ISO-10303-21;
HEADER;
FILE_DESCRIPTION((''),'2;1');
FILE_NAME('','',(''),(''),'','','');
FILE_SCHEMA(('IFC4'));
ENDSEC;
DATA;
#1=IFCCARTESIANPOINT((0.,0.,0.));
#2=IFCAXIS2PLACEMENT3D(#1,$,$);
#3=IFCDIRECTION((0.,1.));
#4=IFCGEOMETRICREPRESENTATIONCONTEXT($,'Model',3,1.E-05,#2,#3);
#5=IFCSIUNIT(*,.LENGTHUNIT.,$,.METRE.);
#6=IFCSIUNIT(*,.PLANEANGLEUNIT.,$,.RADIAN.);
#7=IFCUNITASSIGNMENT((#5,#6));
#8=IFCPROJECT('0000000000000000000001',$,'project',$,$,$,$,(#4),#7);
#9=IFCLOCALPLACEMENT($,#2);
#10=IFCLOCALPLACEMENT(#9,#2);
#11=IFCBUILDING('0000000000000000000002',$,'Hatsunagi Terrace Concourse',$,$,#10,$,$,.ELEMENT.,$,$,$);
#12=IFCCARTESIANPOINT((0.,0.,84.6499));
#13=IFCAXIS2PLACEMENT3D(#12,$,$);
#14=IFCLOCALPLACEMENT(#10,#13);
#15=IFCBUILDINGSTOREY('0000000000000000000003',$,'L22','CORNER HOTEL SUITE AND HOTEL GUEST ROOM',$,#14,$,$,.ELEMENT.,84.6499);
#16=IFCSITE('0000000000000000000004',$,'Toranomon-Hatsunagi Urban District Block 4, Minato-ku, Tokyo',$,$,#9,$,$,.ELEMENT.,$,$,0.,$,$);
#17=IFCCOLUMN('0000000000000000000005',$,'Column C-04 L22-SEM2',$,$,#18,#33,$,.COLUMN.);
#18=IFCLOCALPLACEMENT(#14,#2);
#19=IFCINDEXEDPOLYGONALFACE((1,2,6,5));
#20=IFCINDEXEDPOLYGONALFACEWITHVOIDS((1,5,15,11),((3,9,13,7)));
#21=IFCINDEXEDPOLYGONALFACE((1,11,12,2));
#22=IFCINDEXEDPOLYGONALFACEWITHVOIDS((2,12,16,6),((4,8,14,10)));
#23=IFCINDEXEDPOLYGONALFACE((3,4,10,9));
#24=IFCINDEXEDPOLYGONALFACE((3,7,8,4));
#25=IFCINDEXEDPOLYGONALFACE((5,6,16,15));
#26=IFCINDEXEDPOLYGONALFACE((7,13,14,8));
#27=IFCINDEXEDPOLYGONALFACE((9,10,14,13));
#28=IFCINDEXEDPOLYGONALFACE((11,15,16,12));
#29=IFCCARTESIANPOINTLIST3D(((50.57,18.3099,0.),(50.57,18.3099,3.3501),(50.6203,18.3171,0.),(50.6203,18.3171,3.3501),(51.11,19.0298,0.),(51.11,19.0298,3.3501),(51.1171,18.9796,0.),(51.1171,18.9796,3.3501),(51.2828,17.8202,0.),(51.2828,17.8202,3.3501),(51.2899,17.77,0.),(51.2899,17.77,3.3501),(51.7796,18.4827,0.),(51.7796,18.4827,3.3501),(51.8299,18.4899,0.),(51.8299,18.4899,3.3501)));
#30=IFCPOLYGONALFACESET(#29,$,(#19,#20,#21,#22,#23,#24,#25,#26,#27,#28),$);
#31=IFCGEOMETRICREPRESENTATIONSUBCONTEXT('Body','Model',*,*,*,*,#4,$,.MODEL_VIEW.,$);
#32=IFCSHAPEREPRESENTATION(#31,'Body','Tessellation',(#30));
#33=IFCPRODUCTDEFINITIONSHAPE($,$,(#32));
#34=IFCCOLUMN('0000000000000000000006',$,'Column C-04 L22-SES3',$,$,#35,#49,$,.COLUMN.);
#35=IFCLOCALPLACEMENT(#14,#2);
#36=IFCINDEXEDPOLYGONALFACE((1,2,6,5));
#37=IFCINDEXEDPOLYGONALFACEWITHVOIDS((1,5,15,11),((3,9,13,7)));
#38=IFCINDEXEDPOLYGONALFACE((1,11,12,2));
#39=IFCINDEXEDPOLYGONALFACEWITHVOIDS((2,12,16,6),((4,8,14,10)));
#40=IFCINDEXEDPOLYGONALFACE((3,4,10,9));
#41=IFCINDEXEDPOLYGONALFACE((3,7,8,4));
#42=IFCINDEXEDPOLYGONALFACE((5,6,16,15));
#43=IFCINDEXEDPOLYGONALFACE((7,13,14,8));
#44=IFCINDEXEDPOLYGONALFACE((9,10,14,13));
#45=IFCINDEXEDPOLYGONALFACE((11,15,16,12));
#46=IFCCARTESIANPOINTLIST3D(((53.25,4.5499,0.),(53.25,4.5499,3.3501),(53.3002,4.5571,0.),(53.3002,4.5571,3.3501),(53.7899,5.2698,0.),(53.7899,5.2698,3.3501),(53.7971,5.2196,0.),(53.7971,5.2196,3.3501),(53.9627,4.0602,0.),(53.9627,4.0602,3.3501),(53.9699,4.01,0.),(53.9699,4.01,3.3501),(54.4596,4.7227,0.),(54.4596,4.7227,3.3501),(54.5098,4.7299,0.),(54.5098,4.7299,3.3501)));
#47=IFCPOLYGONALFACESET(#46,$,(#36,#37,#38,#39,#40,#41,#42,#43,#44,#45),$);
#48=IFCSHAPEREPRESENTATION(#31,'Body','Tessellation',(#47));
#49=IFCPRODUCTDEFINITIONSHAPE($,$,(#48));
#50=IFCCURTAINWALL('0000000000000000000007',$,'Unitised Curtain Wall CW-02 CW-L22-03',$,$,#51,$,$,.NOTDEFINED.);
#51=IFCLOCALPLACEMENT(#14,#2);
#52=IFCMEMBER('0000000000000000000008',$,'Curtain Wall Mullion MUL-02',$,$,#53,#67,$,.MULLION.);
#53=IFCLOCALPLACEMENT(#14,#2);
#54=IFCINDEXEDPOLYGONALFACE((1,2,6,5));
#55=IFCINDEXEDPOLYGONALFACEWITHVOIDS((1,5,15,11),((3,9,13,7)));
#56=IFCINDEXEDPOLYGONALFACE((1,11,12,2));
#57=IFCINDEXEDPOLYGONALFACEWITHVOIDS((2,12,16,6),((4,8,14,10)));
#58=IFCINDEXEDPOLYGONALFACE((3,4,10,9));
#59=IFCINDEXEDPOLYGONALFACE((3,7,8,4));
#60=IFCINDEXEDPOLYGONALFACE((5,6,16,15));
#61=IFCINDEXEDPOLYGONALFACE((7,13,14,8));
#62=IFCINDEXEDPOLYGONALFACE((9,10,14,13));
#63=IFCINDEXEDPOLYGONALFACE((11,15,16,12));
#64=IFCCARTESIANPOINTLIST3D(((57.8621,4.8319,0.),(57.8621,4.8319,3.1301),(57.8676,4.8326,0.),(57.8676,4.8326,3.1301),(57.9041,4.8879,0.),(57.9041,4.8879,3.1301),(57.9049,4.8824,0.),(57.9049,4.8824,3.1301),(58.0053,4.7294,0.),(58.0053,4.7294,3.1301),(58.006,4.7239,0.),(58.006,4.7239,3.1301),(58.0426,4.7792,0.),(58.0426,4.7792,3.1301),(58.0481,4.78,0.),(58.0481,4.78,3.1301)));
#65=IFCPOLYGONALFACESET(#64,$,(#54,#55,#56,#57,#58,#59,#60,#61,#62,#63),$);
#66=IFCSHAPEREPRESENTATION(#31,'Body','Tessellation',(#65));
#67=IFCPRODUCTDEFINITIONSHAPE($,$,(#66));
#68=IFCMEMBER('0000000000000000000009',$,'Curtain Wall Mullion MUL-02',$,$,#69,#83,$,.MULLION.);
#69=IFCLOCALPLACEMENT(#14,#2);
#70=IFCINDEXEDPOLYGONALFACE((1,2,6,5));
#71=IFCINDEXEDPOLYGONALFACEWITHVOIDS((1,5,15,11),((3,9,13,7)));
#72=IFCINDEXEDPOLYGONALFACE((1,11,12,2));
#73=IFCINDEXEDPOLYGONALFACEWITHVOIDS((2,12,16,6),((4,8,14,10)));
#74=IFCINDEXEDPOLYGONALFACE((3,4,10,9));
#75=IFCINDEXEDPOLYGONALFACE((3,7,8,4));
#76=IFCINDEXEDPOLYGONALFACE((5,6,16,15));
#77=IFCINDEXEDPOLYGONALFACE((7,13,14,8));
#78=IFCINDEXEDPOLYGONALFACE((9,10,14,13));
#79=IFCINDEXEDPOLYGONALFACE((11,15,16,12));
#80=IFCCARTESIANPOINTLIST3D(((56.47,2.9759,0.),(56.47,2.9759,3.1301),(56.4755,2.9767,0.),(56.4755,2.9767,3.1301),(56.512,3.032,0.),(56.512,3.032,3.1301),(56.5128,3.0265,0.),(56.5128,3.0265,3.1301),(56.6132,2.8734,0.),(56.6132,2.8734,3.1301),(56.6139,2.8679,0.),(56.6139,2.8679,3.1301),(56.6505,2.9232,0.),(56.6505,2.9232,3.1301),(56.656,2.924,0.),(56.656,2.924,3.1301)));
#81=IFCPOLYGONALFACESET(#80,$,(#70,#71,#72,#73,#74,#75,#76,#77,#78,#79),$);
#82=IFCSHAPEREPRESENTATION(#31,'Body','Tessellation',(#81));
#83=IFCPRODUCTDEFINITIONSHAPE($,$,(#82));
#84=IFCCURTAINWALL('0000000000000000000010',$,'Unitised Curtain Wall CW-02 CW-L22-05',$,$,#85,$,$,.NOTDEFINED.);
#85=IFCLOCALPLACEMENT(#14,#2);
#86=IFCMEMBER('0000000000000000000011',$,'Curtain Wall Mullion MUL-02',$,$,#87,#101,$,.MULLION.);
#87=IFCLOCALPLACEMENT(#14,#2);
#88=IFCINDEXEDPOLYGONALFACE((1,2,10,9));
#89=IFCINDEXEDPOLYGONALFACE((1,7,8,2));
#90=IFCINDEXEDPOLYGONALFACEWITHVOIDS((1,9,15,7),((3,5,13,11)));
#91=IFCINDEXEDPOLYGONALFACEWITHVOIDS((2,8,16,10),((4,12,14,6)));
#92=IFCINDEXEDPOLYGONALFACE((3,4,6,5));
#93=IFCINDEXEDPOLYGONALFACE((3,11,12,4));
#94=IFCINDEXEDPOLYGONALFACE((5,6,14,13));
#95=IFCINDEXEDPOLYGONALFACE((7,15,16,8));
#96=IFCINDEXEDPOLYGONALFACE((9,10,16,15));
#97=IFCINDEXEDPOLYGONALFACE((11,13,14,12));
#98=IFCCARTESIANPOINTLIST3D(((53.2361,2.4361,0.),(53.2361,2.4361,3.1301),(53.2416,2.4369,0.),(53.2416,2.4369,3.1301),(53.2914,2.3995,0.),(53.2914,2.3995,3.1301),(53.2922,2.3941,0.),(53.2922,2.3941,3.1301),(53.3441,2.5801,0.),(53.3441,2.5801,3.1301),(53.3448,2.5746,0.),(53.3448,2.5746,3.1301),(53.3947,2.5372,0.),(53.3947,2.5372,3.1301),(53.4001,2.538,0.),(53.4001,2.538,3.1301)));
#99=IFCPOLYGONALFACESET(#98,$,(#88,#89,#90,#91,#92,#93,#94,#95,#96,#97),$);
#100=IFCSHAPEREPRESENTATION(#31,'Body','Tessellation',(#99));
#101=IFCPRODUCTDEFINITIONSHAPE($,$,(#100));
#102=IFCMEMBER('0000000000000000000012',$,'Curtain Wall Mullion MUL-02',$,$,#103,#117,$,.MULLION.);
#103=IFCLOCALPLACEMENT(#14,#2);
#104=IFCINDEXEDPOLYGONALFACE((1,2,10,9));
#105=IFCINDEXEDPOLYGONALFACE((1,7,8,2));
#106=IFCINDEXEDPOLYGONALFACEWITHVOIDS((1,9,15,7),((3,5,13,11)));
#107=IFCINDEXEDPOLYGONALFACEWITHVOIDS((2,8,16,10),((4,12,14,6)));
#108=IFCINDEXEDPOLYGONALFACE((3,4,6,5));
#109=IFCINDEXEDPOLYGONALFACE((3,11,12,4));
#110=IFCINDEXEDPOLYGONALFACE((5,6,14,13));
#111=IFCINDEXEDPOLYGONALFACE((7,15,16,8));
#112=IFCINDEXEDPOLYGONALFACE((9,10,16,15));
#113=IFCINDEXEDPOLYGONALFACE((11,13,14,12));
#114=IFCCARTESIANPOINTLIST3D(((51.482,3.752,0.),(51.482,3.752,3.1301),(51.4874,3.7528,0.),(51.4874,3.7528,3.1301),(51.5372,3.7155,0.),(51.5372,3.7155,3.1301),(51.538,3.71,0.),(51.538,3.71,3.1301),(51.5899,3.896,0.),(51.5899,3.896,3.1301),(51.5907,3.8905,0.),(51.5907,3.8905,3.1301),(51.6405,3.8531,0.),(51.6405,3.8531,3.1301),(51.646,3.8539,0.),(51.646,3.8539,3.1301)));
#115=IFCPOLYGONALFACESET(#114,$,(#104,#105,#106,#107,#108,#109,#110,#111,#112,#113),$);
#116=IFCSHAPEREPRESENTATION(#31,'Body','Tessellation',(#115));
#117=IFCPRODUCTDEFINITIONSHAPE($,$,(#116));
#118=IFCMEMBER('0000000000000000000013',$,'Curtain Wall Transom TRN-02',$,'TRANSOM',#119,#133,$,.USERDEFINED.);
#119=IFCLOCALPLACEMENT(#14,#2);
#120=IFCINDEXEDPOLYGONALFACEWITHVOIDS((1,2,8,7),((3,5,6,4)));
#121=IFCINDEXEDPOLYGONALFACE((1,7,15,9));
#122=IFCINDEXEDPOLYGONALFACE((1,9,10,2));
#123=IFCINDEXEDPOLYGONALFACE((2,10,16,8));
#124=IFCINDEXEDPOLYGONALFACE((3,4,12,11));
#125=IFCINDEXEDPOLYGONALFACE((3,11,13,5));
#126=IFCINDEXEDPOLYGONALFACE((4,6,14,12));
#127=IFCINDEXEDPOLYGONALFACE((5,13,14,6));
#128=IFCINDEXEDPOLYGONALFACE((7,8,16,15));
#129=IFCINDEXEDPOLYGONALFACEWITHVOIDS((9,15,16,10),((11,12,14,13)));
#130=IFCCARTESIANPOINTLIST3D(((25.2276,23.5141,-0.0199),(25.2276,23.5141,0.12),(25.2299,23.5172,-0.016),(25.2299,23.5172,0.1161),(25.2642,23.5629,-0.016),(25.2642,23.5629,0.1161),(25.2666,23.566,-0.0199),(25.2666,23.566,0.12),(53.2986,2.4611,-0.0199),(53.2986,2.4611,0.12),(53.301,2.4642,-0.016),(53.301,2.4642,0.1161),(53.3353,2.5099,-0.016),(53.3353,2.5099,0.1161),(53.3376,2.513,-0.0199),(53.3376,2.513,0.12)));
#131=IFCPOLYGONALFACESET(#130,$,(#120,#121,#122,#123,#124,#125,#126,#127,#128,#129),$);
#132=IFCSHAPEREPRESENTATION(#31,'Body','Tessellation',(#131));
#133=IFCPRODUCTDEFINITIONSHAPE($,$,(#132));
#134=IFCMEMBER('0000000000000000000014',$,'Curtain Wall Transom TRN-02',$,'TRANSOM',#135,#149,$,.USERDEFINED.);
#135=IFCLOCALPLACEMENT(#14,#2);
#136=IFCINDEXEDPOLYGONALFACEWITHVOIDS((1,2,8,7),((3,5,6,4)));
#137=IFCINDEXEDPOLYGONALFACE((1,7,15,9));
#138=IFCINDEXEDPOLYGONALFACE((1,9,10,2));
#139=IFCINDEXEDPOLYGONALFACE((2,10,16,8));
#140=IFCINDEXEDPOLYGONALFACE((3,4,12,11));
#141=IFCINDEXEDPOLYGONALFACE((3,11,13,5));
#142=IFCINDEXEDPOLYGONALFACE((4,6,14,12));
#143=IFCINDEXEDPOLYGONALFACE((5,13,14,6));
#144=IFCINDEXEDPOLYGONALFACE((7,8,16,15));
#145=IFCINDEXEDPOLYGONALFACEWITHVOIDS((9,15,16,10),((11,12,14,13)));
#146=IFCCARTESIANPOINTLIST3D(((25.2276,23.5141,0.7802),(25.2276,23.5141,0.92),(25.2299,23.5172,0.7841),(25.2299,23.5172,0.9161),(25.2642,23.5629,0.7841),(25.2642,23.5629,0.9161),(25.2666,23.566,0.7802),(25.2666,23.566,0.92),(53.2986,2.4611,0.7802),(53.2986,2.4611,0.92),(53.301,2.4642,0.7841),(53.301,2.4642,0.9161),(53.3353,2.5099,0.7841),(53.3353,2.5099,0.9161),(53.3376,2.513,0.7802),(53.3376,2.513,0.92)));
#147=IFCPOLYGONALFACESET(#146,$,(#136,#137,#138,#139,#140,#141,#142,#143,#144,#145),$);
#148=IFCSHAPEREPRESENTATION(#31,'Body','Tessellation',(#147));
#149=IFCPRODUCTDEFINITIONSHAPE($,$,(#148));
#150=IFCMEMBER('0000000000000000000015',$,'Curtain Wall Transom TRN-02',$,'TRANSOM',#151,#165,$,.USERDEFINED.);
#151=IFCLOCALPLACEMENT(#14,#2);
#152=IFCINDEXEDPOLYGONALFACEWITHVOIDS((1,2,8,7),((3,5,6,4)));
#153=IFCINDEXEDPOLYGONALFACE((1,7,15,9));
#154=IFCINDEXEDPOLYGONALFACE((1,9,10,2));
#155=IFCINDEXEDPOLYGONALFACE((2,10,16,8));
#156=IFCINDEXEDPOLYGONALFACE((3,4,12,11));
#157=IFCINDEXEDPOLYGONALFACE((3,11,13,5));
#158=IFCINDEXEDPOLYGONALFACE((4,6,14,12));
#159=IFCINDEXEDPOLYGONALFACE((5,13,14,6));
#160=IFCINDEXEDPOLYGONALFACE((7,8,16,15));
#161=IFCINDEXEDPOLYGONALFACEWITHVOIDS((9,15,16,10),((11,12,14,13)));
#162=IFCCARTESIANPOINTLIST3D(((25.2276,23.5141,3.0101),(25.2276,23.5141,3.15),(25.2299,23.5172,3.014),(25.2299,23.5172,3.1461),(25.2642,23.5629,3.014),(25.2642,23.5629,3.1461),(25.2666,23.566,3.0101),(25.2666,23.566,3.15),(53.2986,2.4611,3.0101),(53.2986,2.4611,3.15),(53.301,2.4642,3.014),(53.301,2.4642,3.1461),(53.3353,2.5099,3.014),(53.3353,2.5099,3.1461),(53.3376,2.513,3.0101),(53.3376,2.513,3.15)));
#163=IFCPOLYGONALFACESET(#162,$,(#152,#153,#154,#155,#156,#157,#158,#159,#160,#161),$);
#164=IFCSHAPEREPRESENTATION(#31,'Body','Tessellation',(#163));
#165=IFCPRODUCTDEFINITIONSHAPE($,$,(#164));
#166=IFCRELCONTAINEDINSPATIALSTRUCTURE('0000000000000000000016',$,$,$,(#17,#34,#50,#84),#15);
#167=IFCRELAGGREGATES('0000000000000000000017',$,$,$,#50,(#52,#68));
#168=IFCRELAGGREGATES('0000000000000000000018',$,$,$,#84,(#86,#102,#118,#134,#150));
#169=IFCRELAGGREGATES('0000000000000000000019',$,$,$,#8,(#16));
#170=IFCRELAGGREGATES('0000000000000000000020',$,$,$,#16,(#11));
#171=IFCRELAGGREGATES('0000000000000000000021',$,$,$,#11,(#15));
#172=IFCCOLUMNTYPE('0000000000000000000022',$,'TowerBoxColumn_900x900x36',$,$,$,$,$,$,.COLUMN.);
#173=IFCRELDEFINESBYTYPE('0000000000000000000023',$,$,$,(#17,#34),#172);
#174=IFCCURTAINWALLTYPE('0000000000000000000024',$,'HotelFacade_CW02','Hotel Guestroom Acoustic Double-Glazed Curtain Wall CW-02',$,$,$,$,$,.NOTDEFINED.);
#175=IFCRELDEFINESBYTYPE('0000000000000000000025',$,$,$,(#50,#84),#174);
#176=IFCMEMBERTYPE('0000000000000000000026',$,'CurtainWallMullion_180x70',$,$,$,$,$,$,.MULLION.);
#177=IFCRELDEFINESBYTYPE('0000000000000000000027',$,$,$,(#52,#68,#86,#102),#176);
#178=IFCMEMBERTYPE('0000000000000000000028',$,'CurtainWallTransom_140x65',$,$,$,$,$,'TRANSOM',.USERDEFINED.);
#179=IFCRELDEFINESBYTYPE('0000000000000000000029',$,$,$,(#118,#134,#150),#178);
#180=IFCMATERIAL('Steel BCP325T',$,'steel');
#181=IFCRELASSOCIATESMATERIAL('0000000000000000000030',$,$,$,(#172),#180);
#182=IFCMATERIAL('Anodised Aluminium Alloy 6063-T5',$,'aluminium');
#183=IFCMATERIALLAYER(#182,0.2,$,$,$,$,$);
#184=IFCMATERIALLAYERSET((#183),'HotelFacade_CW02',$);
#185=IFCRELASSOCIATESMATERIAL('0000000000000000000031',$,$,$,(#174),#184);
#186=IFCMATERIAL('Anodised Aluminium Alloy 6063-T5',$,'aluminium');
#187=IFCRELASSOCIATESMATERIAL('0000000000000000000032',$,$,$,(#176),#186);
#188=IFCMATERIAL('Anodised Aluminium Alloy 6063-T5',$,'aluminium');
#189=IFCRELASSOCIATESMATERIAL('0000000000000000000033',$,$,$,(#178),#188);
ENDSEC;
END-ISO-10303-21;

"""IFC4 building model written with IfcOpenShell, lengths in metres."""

from ifc_helpers import new_model, si_unit, direction, frame, origin, origin_2d, place, context, subcontext, project, spatial, hollow_rectangle, extrude, material, layer, layer_set, material_profile, profile_set, type_object, element, aggregate, save


model = new_model("IFC4")

# Units and contexts
model_context = context("Model", 3, precision=1e-05, world=origin(), true_north=direction((0.0, 1.0)))
body_context = subcontext(model_context, "Body", "Model", "MODEL_VIEW")
ifc_project = project(units=[si_unit("LENGTHUNIT", "METRE"), si_unit("PLANEANGLEUNIT", "RADIAN")], contexts=[model_context])

# Site, building, storey
site_placement = place(None, origin())
site = spatial("IfcSite", under=ifc_project, at=site_placement, Name="Toranomon-Hatsunagi Urban District Block 4, Minato-ku, Tokyo", CompositionType="ELEMENT", RefElevation=0.0)
building_placement = place(site_placement, origin())
building = spatial("IfcBuilding", under=site, at=building_placement, Name="Hatsunagi Terrace Concourse", CompositionType="ELEMENT")
storey_placement = place(building_placement, frame((0.0, 0.0, 84.6499)))
storey = spatial("IfcBuildingStorey", under=building, at=storey_placement, Name="L22", Description="CORNER HOTEL SUITE AND HOTEL GUEST ROOM", CompositionType="ELEMENT", Elevation=84.6499)

# Columns
ifc_material_1 = material(Name="Steel BCP325T", Category="steel")
ifc_material_profile_1 = material_profile(ifc_material_1, hollow_rectangle(XDim=0.8999, YDim=0.8999, WallThickness=0.0359, at=origin_2d()), Name="BCP-900x900x36")
ifc_profile_set_1 = profile_set([ifc_material_profile_1], Name="Steel BCP325T")
column_type = type_object("IfcColumnType", Name="TowerBoxColumn_900x900x36", PredefinedType="COLUMN", material=ifc_profile_set_1)
for number, where, z_axis, x_axis, name in (
    (1, (51.2, 18.3999, 0.0), (0.0, 0.0, 1.0), (0.8, -0.6, 0.0), "Column C-04 L22-SEM2"),
    (2, (53.8799, 4.6399, 0.0), (0.0, 0.0, 1.0), (0.8, -0.6, 0.0), "Column C-04 L22-SES3"),
):
    element("IfcColumn", number, at=place(storey_placement, frame(where, z_axis=z_axis, x_axis=x_axis)), inside=storey, type_object=column_type, Name=name, PredefinedType="COLUMN", context=body_context, shape_type="SweptSolid", body=[
        extrude(hollow_rectangle(XDim=0.8999, YDim=0.8999, WallThickness=0.0359, at=origin_2d()), origin(), (0.0, 0.0, 1.0), 3.3501),
    ])

# Curtain walls, members
ifc_material_2 = material(Name="Anodised Aluminium Alloy 6063-T5", Category="aluminium")
ifc_layer_1 = layer(ifc_material_2, 0.2)
ifc_layer_set_1 = layer_set([ifc_layer_1], Name="HotelFacade_CW02")
curtain_wall_type = type_object("IfcCurtainWallType", Name="HotelFacade_CW02", Description="Hotel Guestroom Acoustic Double-Glazed Curtain Wall CW-02", PredefinedType="NOTDEFINED", material=ifc_layer_set_1)
curtain_wall_1_placement = place(storey_placement, origin())
curtain_wall_1 = element("IfcCurtainWall", 3, at=curtain_wall_1_placement, inside=storey, type_object=curtain_wall_type, Name="Unitised Curtain Wall CW-02 CW-L22-03", PredefinedType="NOTDEFINED")
ifc_material_3 = material(Name="Anodised Aluminium Alloy 6063-T5", Category="aluminium")
ifc_material_profile_2 = material_profile(ifc_material_3, hollow_rectangle(XDim=0.0701, YDim=0.1799, WallThickness=0.0039, at=origin_2d()), Name="ALU-MUL-180x70x4")
ifc_profile_set_2 = profile_set([ifc_material_profile_2], Name="Anodised Aluminium Alloy 6063-T5")
member_type_1 = type_object("IfcMemberType", Name="CurtainWallMullion_180x70", PredefinedType="MULLION", material=ifc_profile_set_2)
member_1_placement = place(storey_placement, frame((57.9551, 4.8059, 0.0), z_axis=(0.0, 0.0, 1.0), x_axis=(-0.599969, -0.800023, 0.0)))
member_1 = element("IfcMember", 4, at=member_1_placement, type_object=member_type_1, Name="Curtain Wall Mullion MUL-02", PredefinedType="MULLION", context=body_context, shape_type="SweptSolid", body=[
    extrude(hollow_rectangle(XDim=0.0701, YDim=0.1799, WallThickness=0.0039, at=origin_2d()), origin(), (0.0, 0.0, 1.0), 3.1301),
])
member_2_placement = place(storey_placement, frame((56.563, 2.95, 0.0), z_axis=(0.0, 0.0, 1.0), x_axis=(-0.599969, -0.800023, 0.0)))
member_2 = element("IfcMember", 5, at=member_2_placement, type_object=member_type_1, Name="Curtain Wall Mullion MUL-02", PredefinedType="MULLION", context=body_context, shape_type="SweptSolid", body=[
    extrude(hollow_rectangle(XDim=0.0701, YDim=0.1799, WallThickness=0.0039, at=origin_2d()), origin(), (0.0, 0.0, 1.0), 3.1301),
])
curtain_wall_2_placement = place(storey_placement, origin())
curtain_wall_2 = element("IfcCurtainWall", 6, at=curtain_wall_2_placement, inside=storey, type_object=curtain_wall_type, Name="Unitised Curtain Wall CW-02 CW-L22-05", PredefinedType="NOTDEFINED")
member_3_placement = place(storey_placement, frame((53.3181, 2.4871, 0.0), z_axis=(0.0, 0.0, 1.0), x_axis=(-0.800003, 0.599996, 0.0)))
member_3 = element("IfcMember", 7, at=member_3_placement, type_object=member_type_1, Name="Curtain Wall Mullion MUL-02", PredefinedType="MULLION", context=body_context, shape_type="SweptSolid", body=[
    extrude(hollow_rectangle(XDim=0.0701, YDim=0.1799, WallThickness=0.0039, at=origin_2d()), origin(), (0.0, 0.0, 1.0), 3.1301),
])
member_4_placement = place(storey_placement, frame((51.564, 3.803, 0.0), z_axis=(0.0, 0.0, 1.0), x_axis=(-0.800003, 0.599996, 0.0)))
member_4 = element("IfcMember", 8, at=member_4_placement, type_object=member_type_1, Name="Curtain Wall Mullion MUL-02", PredefinedType="MULLION", context=body_context, shape_type="SweptSolid", body=[
    extrude(hollow_rectangle(XDim=0.0701, YDim=0.1799, WallThickness=0.0039, at=origin_2d()), origin(), (0.0, 0.0, 1.0), 3.1301),
])
ifc_material_4 = material(Name="Anodised Aluminium Alloy 6063-T5", Category="aluminium")
ifc_material_profile_3 = material_profile(ifc_material_4, hollow_rectangle(XDim=0.0649, YDim=0.1399, WallThickness=0.0039, at=origin_2d()), Name="ALU-TRN-140x65x4")
ifc_profile_set_3 = profile_set([ifc_material_profile_3], Name="Anodised Aluminium Alloy 6063-T5")
member_type_2 = type_object("IfcMemberType", Name="CurtainWallTransom_140x65", ElementType="TRANSOM", PredefinedType="USERDEFINED", material=ifc_profile_set_3)
member_5_placement = place(storey_placement, frame((53.3181, 2.4871, 0.05), z_axis=(-0.800004, 0.599994, 0.0), x_axis=(-0.599994, -0.800004, 0.0)))
member_5 = element("IfcMember", 9, at=member_5_placement, type_object=member_type_2, Name="Curtain Wall Transom TRN-02", ObjectType="TRANSOM", PredefinedType="USERDEFINED", context=body_context, shape_type="SweptSolid", body=[
    extrude(hollow_rectangle(XDim=0.0649, YDim=0.1399, WallThickness=0.0039, at=origin_2d()), origin(), (0.0, 0.0, 1.0), 35.0886),
])
member_6_placement = place(storey_placement, frame((53.3181, 2.4871, 0.8501), z_axis=(-0.800004, 0.599994, 0.0), x_axis=(-0.599994, -0.800004, 0.0)))
member_6 = element("IfcMember", 10, at=member_6_placement, type_object=member_type_2, Name="Curtain Wall Transom TRN-02", ObjectType="TRANSOM", PredefinedType="USERDEFINED", context=body_context, shape_type="SweptSolid", body=[
    extrude(hollow_rectangle(XDim=0.0649, YDim=0.1399, WallThickness=0.0039, at=origin_2d()), origin(), (0.0, 0.0, 1.0), 35.0886),
])
member_7_placement = place(storey_placement, frame((53.3181, 2.4871, 3.0801), z_axis=(-0.800004, 0.599994, 0.0), x_axis=(-0.599994, -0.800004, 0.0)))
member_7 = element("IfcMember", 11, at=member_7_placement, type_object=member_type_2, Name="Curtain Wall Transom TRN-02", ObjectType="TRANSOM", PredefinedType="USERDEFINED", context=body_context, shape_type="SweptSolid", body=[
    extrude(hollow_rectangle(XDim=0.0649, YDim=0.1399, WallThickness=0.0039, at=origin_2d()), origin(), (0.0, 0.0, 1.0), 35.0886),
])

aggregate(curtain_wall_1, [member_1, member_2])
aggregate(curtain_wall_2, [member_3, member_4, member_5, member_6, member_7])

save(model, "model.ifc")
